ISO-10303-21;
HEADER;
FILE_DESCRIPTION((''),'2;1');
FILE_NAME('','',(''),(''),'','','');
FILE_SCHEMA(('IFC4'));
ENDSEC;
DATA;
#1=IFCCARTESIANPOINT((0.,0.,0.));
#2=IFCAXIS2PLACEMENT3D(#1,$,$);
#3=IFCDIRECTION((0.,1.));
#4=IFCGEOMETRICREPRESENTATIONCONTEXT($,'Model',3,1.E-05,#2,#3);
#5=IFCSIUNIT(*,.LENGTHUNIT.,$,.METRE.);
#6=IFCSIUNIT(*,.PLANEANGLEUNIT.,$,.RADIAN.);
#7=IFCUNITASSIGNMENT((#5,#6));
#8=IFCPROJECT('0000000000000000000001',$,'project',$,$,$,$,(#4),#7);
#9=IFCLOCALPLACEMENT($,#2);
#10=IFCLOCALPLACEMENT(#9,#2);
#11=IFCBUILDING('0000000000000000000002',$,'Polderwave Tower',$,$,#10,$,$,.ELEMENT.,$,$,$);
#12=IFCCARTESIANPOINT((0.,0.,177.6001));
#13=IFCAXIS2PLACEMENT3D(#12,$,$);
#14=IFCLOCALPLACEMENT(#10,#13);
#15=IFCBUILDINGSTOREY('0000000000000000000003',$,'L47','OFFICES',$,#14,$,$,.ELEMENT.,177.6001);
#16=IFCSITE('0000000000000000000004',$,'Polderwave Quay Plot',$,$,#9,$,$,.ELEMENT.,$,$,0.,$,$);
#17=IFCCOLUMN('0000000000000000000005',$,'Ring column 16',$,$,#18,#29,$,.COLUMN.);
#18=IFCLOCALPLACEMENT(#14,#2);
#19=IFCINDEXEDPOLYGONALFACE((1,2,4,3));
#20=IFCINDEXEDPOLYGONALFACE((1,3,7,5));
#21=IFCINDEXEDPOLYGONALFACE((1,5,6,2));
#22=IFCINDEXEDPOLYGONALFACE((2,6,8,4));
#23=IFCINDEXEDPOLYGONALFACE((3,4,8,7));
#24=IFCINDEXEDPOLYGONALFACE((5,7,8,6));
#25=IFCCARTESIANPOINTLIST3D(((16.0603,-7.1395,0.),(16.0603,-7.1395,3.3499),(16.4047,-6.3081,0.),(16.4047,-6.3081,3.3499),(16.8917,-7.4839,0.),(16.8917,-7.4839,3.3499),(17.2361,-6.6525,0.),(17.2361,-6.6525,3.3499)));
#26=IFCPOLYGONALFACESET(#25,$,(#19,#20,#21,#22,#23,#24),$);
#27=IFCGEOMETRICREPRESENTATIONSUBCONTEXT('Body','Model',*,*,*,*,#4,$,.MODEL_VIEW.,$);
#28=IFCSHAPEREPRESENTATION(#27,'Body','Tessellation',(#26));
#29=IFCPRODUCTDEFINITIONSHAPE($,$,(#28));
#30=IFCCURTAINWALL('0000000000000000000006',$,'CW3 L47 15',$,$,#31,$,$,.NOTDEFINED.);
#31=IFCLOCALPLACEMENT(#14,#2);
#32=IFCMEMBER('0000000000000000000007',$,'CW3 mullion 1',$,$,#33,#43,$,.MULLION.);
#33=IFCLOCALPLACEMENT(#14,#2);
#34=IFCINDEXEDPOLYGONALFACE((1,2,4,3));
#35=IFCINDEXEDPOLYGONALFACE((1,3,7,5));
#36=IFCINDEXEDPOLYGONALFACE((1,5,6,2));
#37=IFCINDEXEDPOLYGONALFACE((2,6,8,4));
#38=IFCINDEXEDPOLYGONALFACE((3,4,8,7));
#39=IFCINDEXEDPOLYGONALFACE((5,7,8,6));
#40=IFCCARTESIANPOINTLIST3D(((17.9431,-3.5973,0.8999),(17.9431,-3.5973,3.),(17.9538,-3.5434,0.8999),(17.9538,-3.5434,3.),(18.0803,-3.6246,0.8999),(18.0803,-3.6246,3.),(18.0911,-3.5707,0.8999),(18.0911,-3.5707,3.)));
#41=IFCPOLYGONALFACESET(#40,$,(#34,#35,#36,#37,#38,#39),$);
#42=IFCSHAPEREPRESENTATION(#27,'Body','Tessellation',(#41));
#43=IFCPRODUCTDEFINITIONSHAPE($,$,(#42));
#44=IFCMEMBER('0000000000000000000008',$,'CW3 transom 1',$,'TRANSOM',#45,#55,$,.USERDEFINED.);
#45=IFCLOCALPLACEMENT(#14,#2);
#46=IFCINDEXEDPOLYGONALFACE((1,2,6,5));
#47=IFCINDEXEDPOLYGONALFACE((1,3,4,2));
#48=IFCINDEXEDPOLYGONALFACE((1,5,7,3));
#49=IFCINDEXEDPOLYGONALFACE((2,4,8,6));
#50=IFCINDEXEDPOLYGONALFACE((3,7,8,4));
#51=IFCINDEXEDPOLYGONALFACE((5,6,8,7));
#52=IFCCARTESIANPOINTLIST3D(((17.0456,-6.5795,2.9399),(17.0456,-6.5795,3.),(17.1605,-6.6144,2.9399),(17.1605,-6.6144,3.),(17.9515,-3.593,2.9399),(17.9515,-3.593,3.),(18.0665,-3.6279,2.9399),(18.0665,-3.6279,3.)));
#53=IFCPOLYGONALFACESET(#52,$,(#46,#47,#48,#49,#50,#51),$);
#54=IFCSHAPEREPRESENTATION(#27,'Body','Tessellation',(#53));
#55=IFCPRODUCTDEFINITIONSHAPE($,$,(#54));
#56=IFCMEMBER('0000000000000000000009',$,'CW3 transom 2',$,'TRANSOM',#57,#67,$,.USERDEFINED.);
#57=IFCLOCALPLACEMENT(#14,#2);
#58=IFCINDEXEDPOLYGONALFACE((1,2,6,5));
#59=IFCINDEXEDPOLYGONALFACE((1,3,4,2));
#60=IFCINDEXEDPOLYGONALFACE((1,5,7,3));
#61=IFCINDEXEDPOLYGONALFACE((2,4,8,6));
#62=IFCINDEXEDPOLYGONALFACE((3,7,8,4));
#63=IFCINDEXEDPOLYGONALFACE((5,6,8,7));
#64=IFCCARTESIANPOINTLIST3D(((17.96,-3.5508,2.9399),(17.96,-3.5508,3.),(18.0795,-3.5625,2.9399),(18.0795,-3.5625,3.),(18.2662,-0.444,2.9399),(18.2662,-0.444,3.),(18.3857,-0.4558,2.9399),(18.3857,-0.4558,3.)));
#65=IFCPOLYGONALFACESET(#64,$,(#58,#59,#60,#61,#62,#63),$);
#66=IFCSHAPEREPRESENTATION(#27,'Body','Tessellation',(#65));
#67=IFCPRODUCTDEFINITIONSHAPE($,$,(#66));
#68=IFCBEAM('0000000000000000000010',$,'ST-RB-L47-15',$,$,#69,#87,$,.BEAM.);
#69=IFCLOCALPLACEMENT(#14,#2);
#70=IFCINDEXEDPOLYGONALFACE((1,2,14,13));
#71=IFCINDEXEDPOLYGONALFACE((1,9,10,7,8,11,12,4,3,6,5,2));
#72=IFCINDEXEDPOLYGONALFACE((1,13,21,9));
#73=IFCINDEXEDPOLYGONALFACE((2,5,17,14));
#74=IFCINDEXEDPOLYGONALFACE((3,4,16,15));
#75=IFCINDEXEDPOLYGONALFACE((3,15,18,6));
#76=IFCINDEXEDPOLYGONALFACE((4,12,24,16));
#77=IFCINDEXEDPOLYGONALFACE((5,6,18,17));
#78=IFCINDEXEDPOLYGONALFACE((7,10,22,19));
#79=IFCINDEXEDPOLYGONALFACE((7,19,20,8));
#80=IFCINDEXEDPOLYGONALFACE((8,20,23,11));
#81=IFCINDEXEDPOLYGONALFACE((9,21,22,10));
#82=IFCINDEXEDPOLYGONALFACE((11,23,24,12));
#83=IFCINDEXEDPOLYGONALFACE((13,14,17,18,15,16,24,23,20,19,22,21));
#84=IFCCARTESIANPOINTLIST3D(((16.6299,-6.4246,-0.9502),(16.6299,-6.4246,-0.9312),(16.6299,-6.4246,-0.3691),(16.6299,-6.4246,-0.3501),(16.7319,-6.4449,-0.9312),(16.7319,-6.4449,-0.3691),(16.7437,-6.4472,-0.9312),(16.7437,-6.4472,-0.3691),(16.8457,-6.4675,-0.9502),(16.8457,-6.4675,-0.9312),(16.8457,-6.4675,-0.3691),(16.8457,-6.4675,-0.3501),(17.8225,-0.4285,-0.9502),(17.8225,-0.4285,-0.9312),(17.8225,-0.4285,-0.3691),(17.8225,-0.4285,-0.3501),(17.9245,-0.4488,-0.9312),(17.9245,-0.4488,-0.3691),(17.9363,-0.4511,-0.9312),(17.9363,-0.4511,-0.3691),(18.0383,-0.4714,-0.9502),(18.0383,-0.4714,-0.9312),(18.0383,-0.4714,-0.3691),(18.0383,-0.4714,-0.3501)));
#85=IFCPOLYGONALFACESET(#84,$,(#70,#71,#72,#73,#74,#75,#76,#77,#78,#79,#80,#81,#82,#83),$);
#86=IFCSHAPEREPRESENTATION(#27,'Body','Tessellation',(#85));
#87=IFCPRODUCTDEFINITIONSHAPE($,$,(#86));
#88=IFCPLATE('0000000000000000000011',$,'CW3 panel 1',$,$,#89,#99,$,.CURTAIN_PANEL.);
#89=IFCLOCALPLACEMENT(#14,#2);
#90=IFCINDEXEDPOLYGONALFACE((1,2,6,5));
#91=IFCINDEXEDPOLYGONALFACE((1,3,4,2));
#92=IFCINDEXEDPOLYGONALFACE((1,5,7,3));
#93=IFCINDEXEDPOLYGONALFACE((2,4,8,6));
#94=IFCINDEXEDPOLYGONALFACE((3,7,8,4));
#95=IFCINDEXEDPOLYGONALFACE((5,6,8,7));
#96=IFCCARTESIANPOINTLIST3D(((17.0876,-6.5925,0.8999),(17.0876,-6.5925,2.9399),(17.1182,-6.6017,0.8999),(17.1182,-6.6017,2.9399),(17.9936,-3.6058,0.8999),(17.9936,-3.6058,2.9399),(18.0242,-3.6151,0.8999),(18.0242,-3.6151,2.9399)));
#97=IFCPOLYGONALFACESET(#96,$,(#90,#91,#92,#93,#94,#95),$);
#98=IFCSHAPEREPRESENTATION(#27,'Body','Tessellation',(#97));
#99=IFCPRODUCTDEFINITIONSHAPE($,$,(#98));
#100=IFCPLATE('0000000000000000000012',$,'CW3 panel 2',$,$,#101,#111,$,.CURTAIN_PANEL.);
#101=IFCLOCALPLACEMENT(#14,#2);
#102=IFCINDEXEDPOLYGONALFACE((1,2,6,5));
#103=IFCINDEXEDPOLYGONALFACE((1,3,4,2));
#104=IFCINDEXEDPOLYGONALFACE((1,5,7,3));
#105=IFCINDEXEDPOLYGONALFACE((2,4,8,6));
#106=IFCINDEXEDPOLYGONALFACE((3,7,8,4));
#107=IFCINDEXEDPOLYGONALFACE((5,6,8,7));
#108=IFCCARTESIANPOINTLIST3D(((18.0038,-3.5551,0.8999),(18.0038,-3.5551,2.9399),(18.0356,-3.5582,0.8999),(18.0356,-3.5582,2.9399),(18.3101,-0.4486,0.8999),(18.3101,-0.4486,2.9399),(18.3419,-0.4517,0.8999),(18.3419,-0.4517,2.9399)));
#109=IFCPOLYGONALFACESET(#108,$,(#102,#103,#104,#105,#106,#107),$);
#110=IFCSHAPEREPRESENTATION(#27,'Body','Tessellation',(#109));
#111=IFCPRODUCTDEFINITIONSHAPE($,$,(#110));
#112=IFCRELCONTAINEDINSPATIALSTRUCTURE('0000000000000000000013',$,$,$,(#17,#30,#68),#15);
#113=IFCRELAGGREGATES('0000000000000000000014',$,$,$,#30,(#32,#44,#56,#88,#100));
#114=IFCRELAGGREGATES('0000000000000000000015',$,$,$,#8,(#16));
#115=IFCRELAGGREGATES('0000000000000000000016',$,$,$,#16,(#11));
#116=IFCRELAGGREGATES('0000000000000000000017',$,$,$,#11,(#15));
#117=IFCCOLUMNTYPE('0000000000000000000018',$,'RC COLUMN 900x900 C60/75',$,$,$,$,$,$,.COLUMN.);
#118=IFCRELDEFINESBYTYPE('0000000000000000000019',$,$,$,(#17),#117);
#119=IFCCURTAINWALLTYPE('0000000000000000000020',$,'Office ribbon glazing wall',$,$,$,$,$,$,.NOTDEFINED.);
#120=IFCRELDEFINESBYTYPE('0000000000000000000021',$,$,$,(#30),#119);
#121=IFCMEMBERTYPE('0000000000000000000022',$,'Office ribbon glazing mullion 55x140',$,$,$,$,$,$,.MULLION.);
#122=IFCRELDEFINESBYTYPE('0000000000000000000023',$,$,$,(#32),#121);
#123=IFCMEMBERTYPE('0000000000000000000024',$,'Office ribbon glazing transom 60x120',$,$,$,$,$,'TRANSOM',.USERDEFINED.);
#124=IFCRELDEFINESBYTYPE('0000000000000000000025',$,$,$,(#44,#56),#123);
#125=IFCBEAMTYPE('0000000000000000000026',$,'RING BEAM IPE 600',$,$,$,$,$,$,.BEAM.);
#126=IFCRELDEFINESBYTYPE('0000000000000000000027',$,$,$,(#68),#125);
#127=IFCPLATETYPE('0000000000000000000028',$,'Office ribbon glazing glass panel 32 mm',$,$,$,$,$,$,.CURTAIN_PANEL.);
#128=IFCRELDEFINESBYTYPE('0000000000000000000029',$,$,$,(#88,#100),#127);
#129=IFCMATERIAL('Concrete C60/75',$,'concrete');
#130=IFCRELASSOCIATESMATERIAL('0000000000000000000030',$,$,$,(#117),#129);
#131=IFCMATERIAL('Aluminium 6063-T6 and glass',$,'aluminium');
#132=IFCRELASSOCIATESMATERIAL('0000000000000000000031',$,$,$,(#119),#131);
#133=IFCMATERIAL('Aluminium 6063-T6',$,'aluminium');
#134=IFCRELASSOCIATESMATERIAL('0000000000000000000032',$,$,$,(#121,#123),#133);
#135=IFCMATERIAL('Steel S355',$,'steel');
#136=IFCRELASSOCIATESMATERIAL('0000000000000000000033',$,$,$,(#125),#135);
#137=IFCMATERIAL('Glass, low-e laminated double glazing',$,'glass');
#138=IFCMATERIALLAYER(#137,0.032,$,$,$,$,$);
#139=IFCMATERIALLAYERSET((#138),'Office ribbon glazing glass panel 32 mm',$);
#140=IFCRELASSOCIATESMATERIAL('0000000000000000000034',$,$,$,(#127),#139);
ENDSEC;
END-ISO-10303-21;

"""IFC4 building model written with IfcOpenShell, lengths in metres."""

from ifc_helpers import new_model, si_unit, direction, frame, origin, origin_2d, place, context, subcontext, project, spatial, rectangle, i_section, extrude, material, layer, layer_set, material_profile, profile_set, type_object, element, aggregate, save


model = new_model("IFC4")

# Units and contexts
model_context = context("Model", 3, precision=1e-05, world=origin(), true_north=direction((0.0, 1.0)))
body_context = subcontext(model_context, "Body", "Model", "MODEL_VIEW")
ifc_project = project(units=[si_unit("LENGTHUNIT", "METRE"), si_unit("PLANEANGLEUNIT", "RADIAN")], contexts=[model_context])

# Site, building, storey
site_placement = place(None, origin())
site = spatial("IfcSite", under=ifc_project, at=site_placement, Name="Polderwave Quay Plot", CompositionType="ELEMENT", RefElevation=0.0)
building_placement = place(site_placement, origin())
building = spatial("IfcBuilding", under=site, at=building_placement, Name="Polderwave Tower", CompositionType="ELEMENT")
storey_placement = place(building_placement, frame((0.0, 0.0, 177.6001)))
storey = spatial("IfcBuildingStorey", under=building, at=storey_placement, Name="L47", Description="OFFICES", CompositionType="ELEMENT", Elevation=177.6001)

# Column
ifc_material_1 = material(Name="Concrete C60/75", Category="concrete")
ifc_material_profile_1 = material_profile(ifc_material_1, rectangle(XDim=0.8999, YDim=0.8999, at=origin_2d()), Name="RC 900x900")
ifc_profile_set_1 = profile_set([ifc_material_profile_1], Name="Concrete C60/75")
column_type = type_object("IfcColumnType", Name="RC COLUMN 900x900 C60/75", PredefinedType="COLUMN", material=ifc_profile_set_1)
column_placement = place(storey_placement, frame((16.6482, -6.896, 0.0), z_axis=(0.0, 0.0, 1.0), x_axis=(0.92388, -0.382683, 0.0)))
element("IfcColumn", 1, at=column_placement, inside=storey, type_object=column_type, Name="Ring column 16", PredefinedType="COLUMN", context=body_context, shape_type="SweptSolid", body=[
    extrude(rectangle(XDim=0.8999, YDim=0.8999, at=origin_2d()), origin(), (0.0, 0.0, 1.0), 3.3499),
])

# Curtain wall, members
ifc_material_2 = material(Name="Aluminium 6063-T6 and glass", Category="aluminium")
curtain_wall_type = type_object("IfcCurtainWallType", Name="Office ribbon glazing wall", PredefinedType="NOTDEFINED", material=ifc_material_2)
curtain_wall_placement = place(storey_placement, origin())
curtain_wall = element("IfcCurtainWall", 2, at=curtain_wall_placement, inside=storey, type_object=curtain_wall_type, Name="CW3 L47 15", PredefinedType="NOTDEFINED")
ifc_material_3 = material(Name="Aluminium 6063-T6", Category="aluminium")
ifc_material_profile_2 = material_profile(ifc_material_3, rectangle(XDim=0.1399, YDim=0.0549, at=origin_2d()), Name="AL 55x140")
ifc_profile_set_2 = profile_set([ifc_material_profile_2], Name="Aluminium 6063-T6")
member_type_1 = type_object("IfcMemberType", Name="Office ribbon glazing mullion 55x140", PredefinedType="MULLION", material=ifc_profile_set_2)
member_1_placement = place(storey_placement, frame((18.0171, -3.584, 0.8999), z_axis=(0.0, 0.0, 1.0), x_axis=(-0.980775, 0.195143, 0.0)))
member_1 = element("IfcMember", 3, at=member_1_placement, type_object=member_type_1, Name="CW3 mullion 1", PredefinedType="MULLION", context=body_context, shape_type="SweptSolid", body=[
    extrude(rectangle(XDim=0.1399, YDim=0.0549, at=origin_2d()), origin(), (0.0, 0.0, 1.0), 2.1001),
])
ifc_material_profile_3 = material_profile(ifc_material_3, rectangle(XDim=0.1201, YDim=0.0601, at=origin_2d()), Name="AL 60x120")
ifc_profile_set_3 = profile_set([ifc_material_profile_3], Name="Aluminium 6063-T6")
member_type_2 = type_object("IfcMemberType", Name="Office ribbon glazing transom 60x120", ElementType="TRANSOM", PredefinedType="USERDEFINED", material=ifc_profile_set_3)
member_2_placement = place(storey_placement, frame((17.103, -6.5969, 2.97), z_axis=(0.290296, 0.956937, 0.0), x_axis=(-0.956937, 0.290296, 0.0)))
member_2 = element("IfcMember", 4, at=member_2_placement, type_object=member_type_2, Name="CW3 transom 1", ObjectType="TRANSOM", PredefinedType="USERDEFINED", context=body_context, shape_type="SweptSolid", body=[
    extrude(rectangle(XDim=0.1201, YDim=0.0601, at=origin_2d()), origin(), (0.0, 0.0, 1.0), 3.1208),
])
member_3_placement = place(storey_placement, frame((18.0198, -3.5566, 2.97), z_axis=(0.098071, 0.995179, 0.0), x_axis=(-0.995179, 0.098071, 0.0)))
member_3 = element("IfcMember", 5, at=member_3_placement, type_object=member_type_2, Name="CW3 transom 2", ObjectType="TRANSOM", PredefinedType="USERDEFINED", context=body_context, shape_type="SweptSolid", body=[
    extrude(rectangle(XDim=0.1201, YDim=0.0601, at=origin_2d()), origin(), (0.0, 0.0, 1.0), 3.1218),
])

# Beam
ifc_material_4 = material(Name="Steel S355", Category="steel")
ifc_material_profile_4 = material_profile(ifc_material_4, i_section(OverallWidth=0.22, OverallDepth=0.6001, WebThickness=0.012, FlangeThickness=0.019, at=origin_2d()), Name="IPE 600")
ifc_profile_set_4 = profile_set([ifc_material_profile_4], Name="Steel S355")
beam_type = type_object("IfcBeamType", Name="RING BEAM IPE 600", PredefinedType="BEAM", material=ifc_profile_set_4)
beam_placement = place(storey_placement, frame((16.7378, -6.446, -0.6501), z_axis=(0.195079, 0.980787, 0.0), x_axis=(-0.980787, 0.195079, 0.0)))
element("IfcBeam", 6, at=beam_placement, inside=storey, type_object=beam_type, Name="ST-RB-L47-15", PredefinedType="BEAM", context=body_context, shape_type="SweptSolid", body=[
    extrude(i_section(OverallWidth=0.22, OverallDepth=0.6001, WebThickness=0.012, FlangeThickness=0.019, at=origin_2d()), origin(), (0.0, 0.0, 1.0), 6.1135),
])

# Plates
ifc_material_5 = material(Name="Glass, low-e laminated double glazing", Category="glass")
ifc_layer_1 = layer(ifc_material_5, 0.032)
ifc_layer_set_1 = layer_set([ifc_layer_1], Name="Office ribbon glazing glass panel 32 mm")
plate_type = type_object("IfcPlateType", Name="Office ribbon glazing glass panel 32 mm", PredefinedType="CURTAIN_PANEL", material=ifc_layer_set_1)
plate_1_placement = place(storey_placement, frame((17.5559, -5.1038, 0.8999), z_axis=(0.0, 0.0, 1.0), x_axis=(0.29029, 0.956939, 0.0)))
plate_1 = element("IfcPlate", 7, at=plate_1_placement, type_object=plate_type, Name="CW3 panel 1", PredefinedType="CURTAIN_PANEL", context=body_context, shape_type="SweptSolid", body=[
    extrude(rectangle(XDim=3.1211, YDim=0.032, at=origin_2d()), origin(), (0.0, 0.0, 1.0), 2.04),
])
plate_2_placement = place(storey_placement, frame((18.1729, -2.0034, 0.8999), z_axis=(0.0, 0.0, 1.0), x_axis=(0.09812, 0.995175, 0.0)))
plate_2 = element("IfcPlate", 8, at=plate_2_placement, type_object=plate_type, Name="CW3 panel 2", PredefinedType="CURTAIN_PANEL", context=body_context, shape_type="SweptSolid", body=[
    extrude(rectangle(XDim=3.1216, YDim=0.032, at=origin_2d()), origin(), (0.0, 0.0, 1.0), 2.04),
])
aggregate(curtain_wall, [member_1, member_2, member_3, plate_1, plate_2])

save(model, "model.ifc")
